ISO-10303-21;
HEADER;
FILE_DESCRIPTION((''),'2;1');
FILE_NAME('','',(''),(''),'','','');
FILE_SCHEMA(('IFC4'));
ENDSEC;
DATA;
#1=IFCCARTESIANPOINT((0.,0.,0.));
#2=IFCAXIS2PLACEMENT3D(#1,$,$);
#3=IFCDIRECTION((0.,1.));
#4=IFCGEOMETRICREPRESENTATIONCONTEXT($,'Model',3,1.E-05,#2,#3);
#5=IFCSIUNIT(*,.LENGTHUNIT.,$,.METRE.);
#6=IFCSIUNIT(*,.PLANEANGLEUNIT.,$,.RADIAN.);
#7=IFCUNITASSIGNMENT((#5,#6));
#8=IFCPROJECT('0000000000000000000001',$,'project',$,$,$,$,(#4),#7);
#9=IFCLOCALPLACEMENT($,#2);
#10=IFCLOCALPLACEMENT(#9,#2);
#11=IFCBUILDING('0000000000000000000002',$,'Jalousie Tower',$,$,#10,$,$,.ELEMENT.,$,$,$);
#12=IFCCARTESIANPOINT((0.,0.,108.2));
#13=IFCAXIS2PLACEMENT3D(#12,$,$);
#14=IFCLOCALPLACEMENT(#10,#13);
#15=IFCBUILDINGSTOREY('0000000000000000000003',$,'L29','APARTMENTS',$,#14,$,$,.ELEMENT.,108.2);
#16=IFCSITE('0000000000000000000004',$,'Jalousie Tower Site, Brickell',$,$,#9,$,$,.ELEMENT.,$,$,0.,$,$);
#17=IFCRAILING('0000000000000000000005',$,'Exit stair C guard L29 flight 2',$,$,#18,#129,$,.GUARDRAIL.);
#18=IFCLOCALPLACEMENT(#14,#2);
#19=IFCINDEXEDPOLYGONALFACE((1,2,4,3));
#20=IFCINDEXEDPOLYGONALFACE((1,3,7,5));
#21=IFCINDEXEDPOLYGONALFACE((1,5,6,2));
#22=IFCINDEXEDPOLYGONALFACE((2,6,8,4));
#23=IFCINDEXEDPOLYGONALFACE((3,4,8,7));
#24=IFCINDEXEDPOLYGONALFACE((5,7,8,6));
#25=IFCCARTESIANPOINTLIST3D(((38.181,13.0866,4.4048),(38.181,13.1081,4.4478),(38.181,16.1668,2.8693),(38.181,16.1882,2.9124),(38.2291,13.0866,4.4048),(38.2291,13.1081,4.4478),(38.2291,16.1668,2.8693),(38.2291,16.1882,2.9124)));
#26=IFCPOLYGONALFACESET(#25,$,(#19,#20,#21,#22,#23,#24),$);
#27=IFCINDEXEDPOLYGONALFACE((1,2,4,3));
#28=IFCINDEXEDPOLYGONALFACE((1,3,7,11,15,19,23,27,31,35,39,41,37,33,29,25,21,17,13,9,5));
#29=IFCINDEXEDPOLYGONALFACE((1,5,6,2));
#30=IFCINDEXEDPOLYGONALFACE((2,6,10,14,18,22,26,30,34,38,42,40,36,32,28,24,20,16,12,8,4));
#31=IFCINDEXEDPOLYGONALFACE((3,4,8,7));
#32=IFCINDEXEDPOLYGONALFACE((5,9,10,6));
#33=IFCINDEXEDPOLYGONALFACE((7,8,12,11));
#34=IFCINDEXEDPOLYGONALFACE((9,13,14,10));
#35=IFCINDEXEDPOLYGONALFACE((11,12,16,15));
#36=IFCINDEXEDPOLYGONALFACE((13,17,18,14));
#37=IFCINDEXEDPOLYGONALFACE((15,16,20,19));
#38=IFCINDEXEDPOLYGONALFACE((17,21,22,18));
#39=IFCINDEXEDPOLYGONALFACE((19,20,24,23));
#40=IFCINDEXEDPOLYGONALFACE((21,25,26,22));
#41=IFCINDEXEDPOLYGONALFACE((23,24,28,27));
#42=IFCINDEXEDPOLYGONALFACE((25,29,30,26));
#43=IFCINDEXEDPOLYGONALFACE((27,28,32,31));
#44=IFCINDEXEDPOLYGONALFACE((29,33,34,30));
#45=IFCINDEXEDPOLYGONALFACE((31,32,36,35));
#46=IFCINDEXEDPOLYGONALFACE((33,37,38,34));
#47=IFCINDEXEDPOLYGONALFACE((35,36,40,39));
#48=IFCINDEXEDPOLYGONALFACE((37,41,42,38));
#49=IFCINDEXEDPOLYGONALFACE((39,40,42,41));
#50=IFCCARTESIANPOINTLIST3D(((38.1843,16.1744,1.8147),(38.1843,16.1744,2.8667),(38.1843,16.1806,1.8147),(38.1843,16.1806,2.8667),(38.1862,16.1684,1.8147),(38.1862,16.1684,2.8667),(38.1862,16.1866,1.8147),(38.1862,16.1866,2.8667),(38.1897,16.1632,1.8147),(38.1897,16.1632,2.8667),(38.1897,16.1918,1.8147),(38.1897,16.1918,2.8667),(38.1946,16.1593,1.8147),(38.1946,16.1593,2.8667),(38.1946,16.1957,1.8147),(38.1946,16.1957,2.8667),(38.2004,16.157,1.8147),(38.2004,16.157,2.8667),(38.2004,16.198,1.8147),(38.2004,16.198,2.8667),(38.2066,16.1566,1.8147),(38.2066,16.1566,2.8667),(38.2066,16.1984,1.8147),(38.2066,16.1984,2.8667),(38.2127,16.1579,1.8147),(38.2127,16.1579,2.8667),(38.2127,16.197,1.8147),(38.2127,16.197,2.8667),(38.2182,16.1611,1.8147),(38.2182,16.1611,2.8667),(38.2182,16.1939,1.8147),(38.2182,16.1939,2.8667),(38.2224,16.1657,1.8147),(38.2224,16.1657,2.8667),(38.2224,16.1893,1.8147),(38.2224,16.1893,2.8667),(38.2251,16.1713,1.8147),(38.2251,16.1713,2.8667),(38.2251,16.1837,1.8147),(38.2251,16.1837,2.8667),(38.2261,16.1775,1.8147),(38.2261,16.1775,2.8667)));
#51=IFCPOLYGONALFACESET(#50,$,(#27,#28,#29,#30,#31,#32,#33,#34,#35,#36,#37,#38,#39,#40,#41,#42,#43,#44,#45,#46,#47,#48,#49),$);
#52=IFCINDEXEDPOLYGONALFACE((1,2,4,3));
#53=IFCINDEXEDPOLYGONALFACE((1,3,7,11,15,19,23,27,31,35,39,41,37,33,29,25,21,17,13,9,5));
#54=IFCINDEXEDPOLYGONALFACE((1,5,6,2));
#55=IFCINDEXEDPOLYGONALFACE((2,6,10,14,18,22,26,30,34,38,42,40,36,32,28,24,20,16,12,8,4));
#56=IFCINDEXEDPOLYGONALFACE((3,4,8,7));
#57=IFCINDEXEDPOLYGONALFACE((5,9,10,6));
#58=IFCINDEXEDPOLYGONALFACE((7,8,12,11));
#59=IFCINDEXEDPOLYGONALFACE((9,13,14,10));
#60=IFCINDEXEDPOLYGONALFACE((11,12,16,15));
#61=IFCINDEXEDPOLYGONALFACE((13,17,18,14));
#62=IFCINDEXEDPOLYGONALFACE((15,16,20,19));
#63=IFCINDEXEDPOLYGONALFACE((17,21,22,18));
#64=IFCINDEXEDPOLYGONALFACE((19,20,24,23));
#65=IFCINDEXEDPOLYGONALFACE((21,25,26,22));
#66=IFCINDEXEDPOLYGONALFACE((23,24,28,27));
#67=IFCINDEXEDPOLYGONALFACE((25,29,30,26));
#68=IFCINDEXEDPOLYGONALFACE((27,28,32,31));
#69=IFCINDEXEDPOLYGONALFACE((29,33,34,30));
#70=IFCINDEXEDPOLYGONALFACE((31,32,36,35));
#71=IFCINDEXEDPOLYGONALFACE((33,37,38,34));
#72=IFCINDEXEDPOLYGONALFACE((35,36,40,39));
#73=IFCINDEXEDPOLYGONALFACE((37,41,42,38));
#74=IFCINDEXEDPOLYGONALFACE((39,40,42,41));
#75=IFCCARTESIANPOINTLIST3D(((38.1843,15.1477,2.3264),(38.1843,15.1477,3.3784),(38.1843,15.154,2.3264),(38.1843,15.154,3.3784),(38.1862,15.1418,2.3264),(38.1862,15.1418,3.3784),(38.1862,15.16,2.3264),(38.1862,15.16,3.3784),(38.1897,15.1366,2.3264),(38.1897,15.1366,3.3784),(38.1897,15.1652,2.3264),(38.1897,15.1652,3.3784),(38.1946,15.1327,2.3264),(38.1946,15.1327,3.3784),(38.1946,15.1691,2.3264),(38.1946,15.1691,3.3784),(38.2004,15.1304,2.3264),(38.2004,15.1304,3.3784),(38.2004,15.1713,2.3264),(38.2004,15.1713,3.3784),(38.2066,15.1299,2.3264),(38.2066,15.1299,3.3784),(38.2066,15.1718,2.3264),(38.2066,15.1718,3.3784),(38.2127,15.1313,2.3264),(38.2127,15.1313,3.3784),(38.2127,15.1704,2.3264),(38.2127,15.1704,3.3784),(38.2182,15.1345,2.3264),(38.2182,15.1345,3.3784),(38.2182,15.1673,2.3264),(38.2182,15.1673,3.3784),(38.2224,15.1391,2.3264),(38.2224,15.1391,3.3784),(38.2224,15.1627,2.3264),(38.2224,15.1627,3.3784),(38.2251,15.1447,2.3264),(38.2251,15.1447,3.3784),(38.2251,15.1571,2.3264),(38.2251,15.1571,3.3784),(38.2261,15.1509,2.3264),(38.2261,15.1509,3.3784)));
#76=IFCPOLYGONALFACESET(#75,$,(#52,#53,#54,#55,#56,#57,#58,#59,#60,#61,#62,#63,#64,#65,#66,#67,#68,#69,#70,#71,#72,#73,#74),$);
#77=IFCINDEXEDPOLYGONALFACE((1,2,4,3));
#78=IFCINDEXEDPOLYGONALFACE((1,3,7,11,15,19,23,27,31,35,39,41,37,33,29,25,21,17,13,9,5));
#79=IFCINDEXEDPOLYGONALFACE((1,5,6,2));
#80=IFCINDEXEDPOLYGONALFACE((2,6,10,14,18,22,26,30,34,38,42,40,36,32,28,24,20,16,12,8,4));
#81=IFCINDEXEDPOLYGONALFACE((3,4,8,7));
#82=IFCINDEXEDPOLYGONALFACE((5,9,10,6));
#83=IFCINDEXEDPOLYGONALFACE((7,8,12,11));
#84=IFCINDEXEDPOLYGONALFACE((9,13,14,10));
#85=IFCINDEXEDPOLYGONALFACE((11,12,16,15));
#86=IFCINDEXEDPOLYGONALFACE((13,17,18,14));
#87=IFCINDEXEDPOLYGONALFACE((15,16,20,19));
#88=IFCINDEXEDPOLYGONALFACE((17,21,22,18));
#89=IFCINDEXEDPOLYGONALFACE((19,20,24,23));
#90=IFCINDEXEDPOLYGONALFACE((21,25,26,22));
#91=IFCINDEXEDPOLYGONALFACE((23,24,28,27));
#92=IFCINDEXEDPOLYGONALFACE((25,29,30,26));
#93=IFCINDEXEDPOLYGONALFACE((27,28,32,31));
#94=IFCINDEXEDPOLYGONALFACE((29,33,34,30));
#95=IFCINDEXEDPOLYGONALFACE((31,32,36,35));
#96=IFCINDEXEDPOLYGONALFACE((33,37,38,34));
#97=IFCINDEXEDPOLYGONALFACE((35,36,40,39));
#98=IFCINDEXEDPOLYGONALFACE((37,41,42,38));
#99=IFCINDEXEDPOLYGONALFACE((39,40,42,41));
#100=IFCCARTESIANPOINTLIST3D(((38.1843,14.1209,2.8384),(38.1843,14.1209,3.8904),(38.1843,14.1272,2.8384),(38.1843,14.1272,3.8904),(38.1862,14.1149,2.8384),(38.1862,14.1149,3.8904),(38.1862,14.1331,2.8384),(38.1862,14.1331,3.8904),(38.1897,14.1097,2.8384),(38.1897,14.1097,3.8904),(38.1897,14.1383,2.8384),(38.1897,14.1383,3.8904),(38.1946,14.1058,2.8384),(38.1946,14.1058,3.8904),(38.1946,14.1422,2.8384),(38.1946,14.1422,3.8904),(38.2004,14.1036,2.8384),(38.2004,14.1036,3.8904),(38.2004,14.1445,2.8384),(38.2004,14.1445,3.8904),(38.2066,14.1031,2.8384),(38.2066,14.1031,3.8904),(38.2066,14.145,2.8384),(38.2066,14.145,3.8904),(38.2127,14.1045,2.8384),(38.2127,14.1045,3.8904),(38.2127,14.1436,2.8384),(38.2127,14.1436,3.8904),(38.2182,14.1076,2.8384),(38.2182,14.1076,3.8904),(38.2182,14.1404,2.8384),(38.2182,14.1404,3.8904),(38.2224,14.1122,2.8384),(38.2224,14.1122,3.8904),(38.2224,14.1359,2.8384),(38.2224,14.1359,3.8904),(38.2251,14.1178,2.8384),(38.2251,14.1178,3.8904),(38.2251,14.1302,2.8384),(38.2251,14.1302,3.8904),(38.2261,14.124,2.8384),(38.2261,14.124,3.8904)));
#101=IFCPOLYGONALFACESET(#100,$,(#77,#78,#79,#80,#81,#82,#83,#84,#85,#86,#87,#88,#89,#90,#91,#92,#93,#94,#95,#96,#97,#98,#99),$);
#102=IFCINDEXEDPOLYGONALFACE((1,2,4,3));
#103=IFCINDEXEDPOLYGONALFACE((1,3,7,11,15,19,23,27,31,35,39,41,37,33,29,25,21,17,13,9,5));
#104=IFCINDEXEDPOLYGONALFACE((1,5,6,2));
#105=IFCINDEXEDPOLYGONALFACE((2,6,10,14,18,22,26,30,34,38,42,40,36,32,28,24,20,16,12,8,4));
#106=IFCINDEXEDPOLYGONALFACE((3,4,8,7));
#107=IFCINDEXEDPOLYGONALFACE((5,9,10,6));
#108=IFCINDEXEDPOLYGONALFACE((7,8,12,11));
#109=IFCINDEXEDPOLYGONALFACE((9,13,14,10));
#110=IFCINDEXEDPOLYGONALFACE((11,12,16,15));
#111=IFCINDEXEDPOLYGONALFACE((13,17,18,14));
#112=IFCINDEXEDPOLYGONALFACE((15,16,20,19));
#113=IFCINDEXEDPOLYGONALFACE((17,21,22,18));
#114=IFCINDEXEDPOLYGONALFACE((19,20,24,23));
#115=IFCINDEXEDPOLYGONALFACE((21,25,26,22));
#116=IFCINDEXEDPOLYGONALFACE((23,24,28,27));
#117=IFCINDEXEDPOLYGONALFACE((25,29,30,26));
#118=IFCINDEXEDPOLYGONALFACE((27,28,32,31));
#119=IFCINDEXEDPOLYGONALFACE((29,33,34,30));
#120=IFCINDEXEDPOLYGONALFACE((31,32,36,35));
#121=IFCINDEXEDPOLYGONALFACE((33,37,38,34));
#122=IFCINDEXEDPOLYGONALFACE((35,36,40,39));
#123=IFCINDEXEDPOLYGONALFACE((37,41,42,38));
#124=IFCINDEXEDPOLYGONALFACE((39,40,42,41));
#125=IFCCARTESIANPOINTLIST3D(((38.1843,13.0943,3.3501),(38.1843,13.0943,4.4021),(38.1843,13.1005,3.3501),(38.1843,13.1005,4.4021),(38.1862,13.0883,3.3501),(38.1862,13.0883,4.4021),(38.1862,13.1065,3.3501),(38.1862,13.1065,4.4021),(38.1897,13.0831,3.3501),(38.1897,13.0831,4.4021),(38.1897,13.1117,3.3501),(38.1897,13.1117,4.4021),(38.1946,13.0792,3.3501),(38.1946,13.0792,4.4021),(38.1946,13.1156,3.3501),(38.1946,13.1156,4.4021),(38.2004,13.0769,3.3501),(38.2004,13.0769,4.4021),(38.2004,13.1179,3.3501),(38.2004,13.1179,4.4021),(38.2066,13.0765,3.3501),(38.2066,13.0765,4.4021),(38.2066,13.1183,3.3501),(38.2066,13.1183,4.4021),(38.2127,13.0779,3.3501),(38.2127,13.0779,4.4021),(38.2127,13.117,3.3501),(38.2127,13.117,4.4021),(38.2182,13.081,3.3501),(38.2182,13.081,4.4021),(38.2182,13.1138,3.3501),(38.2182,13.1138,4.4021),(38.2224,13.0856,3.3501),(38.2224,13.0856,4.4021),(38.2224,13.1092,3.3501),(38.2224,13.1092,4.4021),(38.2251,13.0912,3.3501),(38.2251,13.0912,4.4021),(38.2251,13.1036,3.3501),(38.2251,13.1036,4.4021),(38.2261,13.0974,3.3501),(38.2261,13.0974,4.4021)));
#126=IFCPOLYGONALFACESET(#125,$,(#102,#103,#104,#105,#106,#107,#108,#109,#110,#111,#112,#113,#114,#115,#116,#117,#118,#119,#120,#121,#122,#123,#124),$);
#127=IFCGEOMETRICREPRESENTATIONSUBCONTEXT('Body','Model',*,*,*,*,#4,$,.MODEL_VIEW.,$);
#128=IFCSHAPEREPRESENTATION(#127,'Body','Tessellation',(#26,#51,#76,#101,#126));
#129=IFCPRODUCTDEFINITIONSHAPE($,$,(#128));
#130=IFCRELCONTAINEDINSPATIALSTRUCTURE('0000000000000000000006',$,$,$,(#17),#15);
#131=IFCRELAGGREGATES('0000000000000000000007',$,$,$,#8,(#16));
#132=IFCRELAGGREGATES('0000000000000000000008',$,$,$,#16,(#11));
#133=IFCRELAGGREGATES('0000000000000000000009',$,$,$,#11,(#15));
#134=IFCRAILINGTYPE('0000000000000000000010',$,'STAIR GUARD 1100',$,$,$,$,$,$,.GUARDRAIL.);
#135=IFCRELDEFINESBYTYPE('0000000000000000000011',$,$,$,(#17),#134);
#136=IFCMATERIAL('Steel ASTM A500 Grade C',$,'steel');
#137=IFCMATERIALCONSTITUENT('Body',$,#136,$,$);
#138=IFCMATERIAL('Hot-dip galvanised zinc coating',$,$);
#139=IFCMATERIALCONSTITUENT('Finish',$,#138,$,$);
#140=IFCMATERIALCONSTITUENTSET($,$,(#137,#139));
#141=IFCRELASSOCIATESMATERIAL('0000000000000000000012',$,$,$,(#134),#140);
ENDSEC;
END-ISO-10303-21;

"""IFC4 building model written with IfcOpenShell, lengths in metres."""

from ifc_helpers import new_model, si_unit, direction, frame, origin, origin_2d, place, context, subcontext, project, spatial, rectangle, circle, extrude, material, constituent, constituent_set, type_object, element, save


model = new_model("IFC4")

# Units and contexts
model_context = context("Model", 3, precision=1e-05, world=origin(), true_north=direction((0.0, 1.0)))
body_context = subcontext(model_context, "Body", "Model", "MODEL_VIEW")
ifc_project = project(units=[si_unit("LENGTHUNIT", "METRE"), si_unit("PLANEANGLEUNIT", "RADIAN")], contexts=[model_context])

# Site, building, storey
site_placement = place(None, origin())
site = spatial("IfcSite", under=ifc_project, at=site_placement, Name="Jalousie Tower Site, Brickell", CompositionType="ELEMENT", RefElevation=0.0)
building_placement = place(site_placement, origin())
building = spatial("IfcBuilding", under=site, at=building_placement, Name="Jalousie Tower", CompositionType="ELEMENT")
storey_placement = place(building_placement, frame((0.0, 0.0, 108.2)))
storey = spatial("IfcBuildingStorey", under=building, at=storey_placement, Name="L29", Description="APARTMENTS", CompositionType="ELEMENT", Elevation=108.2)

# Railing
ifc_material_1 = material(Name="Steel ASTM A500 Grade C", Category="steel")
ifc_constituent_1 = constituent(ifc_material_1, Name="Body")
ifc_material_2 = material(Name="Hot-dip galvanised zinc coating")
ifc_constituent_2 = constituent(ifc_material_2, Name="Finish")
ifc_constituent_set_1 = constituent_set(constituents=[ifc_constituent_1, ifc_constituent_2])
railing_type_1 = type_object("IfcRailingType", Name="STAIR GUARD 1100", PredefinedType="GUARDRAIL", material=ifc_constituent_set_1)
railing_1_placement = place(storey_placement, frame((38.2051, 16.1775, 1.8147)))
element("IfcRailing", 1, at=railing_1_placement, inside=storey, type_object=railing_type_1, Name="Exit stair C guard L29 flight 2", PredefinedType="GUARDRAIL", context=body_context, shape_type="SweptSolid", body=[
    extrude(rectangle(XDim=0.0481, YDim=0.0481, at=origin_2d()), frame((0.0, 0.0, 1.0762), z_axis=(0.0, -0.894966, 0.446135), x_axis=(1.0, 0.0, 0.0)), (0.0, 0.0, 1.0), 3.4417),
    extrude(circle(Radius=0.021, at=origin_2d()), origin(), (0.0, 0.0, 1.0), 1.052),
    extrude(circle(Radius=0.021, at=origin_2d()), frame((0.0, -1.0266, 0.5117)), (0.0, 0.0, 1.0), 1.052),
    extrude(circle(Radius=0.021, at=origin_2d()), frame((0.0, -2.0535, 1.0237)), (0.0, 0.0, 1.0), 1.052),
    extrude(circle(Radius=0.021, at=origin_2d()), frame((0.0, -3.0801, 1.5354)), (0.0, 0.0, 1.0), 1.052),
])

save(model, "model.ifc")
